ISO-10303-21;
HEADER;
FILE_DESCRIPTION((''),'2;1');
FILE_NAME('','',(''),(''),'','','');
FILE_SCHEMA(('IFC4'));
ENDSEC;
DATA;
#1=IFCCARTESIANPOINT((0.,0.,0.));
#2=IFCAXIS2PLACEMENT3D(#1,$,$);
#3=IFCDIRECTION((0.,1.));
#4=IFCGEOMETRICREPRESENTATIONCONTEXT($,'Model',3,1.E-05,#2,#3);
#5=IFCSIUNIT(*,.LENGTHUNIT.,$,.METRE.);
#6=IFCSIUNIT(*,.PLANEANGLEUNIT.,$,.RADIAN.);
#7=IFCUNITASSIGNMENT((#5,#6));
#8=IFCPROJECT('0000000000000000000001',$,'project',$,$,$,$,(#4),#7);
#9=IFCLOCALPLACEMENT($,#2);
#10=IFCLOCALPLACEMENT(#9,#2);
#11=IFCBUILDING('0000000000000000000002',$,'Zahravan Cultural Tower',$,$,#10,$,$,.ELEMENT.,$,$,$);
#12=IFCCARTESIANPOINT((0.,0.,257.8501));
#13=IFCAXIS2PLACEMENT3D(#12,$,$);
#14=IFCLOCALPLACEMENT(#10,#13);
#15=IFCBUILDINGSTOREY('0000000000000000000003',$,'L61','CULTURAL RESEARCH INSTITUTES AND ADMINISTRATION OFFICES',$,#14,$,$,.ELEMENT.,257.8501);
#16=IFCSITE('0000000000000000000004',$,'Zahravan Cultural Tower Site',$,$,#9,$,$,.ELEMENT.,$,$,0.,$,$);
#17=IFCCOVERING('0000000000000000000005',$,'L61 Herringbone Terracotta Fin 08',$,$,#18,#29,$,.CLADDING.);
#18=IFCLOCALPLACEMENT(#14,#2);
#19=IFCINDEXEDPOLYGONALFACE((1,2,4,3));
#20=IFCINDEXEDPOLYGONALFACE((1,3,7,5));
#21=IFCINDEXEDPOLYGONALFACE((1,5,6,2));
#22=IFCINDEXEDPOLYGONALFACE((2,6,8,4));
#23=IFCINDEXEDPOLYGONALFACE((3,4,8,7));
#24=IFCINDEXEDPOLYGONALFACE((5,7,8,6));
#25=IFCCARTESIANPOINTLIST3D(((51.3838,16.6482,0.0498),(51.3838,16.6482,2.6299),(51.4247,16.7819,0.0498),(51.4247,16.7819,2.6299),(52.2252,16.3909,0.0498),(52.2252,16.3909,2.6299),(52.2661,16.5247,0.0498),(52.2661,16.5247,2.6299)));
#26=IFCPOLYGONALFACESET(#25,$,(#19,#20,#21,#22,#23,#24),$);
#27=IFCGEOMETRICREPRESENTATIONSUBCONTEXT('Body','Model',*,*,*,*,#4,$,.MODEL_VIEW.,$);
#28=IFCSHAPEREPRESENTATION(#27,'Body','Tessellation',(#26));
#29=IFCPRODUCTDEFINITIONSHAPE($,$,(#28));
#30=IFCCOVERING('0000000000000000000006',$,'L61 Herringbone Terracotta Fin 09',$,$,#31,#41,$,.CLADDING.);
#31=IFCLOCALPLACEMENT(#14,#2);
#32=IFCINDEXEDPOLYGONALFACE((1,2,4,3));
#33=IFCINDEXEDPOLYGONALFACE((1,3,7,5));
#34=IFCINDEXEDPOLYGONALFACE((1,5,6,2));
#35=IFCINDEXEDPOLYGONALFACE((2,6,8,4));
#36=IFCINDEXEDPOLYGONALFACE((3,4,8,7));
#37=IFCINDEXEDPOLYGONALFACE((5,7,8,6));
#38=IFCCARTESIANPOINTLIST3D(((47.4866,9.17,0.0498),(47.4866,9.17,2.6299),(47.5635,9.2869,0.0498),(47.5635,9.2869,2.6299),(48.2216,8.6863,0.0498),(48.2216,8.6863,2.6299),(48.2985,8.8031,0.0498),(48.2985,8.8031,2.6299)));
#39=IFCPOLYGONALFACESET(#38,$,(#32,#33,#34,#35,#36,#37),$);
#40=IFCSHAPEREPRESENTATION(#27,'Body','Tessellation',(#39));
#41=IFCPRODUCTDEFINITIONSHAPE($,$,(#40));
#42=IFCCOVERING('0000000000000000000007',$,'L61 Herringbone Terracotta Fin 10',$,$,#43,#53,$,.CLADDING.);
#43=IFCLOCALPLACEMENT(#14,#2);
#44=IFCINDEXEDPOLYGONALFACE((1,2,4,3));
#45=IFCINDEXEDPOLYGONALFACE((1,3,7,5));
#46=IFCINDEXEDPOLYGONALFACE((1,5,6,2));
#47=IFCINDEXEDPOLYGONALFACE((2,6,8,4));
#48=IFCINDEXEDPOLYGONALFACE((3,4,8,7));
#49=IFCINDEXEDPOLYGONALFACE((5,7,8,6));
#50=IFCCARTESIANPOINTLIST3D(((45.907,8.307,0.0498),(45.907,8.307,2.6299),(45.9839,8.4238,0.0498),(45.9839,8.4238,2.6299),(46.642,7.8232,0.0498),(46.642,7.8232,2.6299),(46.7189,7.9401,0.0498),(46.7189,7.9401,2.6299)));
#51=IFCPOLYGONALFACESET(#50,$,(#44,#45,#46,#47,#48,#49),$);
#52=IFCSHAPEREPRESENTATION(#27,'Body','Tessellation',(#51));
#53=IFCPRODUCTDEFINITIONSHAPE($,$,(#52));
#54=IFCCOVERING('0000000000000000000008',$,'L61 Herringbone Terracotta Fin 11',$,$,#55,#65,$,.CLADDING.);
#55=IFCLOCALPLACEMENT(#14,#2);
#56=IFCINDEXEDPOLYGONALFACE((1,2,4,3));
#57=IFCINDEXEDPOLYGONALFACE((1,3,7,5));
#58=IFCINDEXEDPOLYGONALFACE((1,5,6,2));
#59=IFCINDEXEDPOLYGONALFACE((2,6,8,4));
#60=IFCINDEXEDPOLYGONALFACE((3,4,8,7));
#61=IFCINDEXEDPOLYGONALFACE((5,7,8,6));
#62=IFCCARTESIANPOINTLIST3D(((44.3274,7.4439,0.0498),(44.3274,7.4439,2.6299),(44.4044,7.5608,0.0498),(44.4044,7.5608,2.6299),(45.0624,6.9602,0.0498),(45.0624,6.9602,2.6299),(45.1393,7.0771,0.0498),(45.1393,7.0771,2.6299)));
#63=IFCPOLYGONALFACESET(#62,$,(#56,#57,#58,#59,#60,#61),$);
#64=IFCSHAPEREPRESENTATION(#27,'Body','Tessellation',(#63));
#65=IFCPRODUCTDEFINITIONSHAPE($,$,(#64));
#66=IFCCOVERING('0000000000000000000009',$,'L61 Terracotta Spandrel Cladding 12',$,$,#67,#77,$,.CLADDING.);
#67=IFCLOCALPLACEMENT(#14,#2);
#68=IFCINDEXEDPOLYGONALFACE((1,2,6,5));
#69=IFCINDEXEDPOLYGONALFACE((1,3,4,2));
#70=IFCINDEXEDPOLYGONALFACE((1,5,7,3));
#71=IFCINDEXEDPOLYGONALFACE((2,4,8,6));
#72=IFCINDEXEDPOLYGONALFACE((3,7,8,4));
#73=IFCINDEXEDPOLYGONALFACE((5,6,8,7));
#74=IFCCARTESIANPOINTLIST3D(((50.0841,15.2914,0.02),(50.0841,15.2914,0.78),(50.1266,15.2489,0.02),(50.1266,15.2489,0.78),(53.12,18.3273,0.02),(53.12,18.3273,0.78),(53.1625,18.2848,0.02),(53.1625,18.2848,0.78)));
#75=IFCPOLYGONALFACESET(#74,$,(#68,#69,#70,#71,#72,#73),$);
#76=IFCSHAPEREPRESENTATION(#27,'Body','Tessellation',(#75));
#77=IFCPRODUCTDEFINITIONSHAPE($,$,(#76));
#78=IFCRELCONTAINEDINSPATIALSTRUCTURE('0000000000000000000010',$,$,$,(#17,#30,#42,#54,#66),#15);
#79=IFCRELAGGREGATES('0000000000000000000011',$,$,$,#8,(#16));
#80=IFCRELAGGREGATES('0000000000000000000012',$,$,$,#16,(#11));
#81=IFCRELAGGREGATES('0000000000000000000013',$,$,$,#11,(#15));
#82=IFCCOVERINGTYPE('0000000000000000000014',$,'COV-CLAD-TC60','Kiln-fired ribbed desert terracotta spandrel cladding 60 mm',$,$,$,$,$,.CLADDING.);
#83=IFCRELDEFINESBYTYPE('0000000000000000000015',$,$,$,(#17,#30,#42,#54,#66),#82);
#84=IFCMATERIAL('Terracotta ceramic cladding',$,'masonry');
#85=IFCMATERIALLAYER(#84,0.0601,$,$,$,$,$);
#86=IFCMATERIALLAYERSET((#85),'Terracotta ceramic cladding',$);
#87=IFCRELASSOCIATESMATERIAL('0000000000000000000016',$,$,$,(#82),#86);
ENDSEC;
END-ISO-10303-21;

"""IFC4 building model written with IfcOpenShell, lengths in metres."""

from ifc_helpers import new_model, si_unit, direction, frame, origin, origin_2d, place, context, subcontext, project, spatial, rectangle, extrude, source, transform, mapped, material, layer, layer_set, type_object, element, save


model = new_model("IFC4")

# Units and contexts
model_context = context("Model", 3, precision=1e-05, world=origin(), true_north=direction((0.0, 1.0)))
body_context = subcontext(model_context, "Body", "Model", "MODEL_VIEW")
ifc_project = project(units=[si_unit("LENGTHUNIT", "METRE"), si_unit("PLANEANGLEUNIT", "RADIAN")], contexts=[model_context])

# Site, building, storey
site_placement = place(None, origin())
site = spatial("IfcSite", under=ifc_project, at=site_placement, Name="Zahravan Cultural Tower Site", CompositionType="ELEMENT", RefElevation=0.0)
building_placement = place(site_placement, origin())
building = spatial("IfcBuilding", under=site, at=building_placement, Name="Zahravan Cultural Tower", CompositionType="ELEMENT")
storey_placement = place(building_placement, frame((0.0, 0.0, 257.8501)))
storey = spatial("IfcBuildingStorey", under=building, at=storey_placement, Name="L61", Description="CULTURAL RESEARCH INSTITUTES AND ADMINISTRATION OFFICES", CompositionType="ELEMENT", Elevation=257.8501)

# Coverings
ifc_material_1 = material(Name="Terracotta ceramic cladding", Category="masonry")
ifc_layer_1 = layer(ifc_material_1, 0.0601)
ifc_layer_set_1 = layer_set([ifc_layer_1], Name="Terracotta ceramic cladding")
covering_type = type_object("IfcCoveringType", Name="COV-CLAD-TC60", Description="Kiln-fired ribbed desert terracotta spandrel cladding 60 mm", PredefinedType="CLADDING", material=ifc_layer_set_1)
shared_shape_1 = source(origin(), body_context, "Body", "SweptSolid", [
    extrude(rectangle(XDim=0.8799, YDim=0.1399, at=origin_2d()), origin(), (0.0, 0.0, 1.0), 2.5801),
])
for number, where, z_axis, x_axis, name in (
    (1, (51.825, 16.5864, 0.0498), (0.0, 0.0, 1.0), (0.956305, -0.292372, 0.0), "L61 Herringbone Terracotta Fin 08"),
    (2, (47.8926, 8.9866, 0.0498), (0.0, 0.0, 1.0), (0.835328, -0.549752, 0.0), "L61 Herringbone Terracotta Fin 09"),
    (3, (46.313, 8.1235, 0.0498), (0.0, 0.0, 1.0), (0.835328, -0.549752, 0.0), "L61 Herringbone Terracotta Fin 10"),
    (4, (44.7334, 7.2605, 0.0498), (0.0, 0.0, 1.0), (0.835328, -0.549752, 0.0), "L61 Herringbone Terracotta Fin 11"),
):
    element("IfcCovering", number, at=place(storey_placement, frame(where, z_axis=z_axis, x_axis=x_axis)), inside=storey, type_object=covering_type, Name=name, PredefinedType="CLADDING", context=body_context, shape_type="MappedRepresentation", body=[
        mapped(shared_shape_1, transform((0.0, 0.0, 0.0), x_axis=(1.0, 0.0, 0.0), y_axis=(0.0, 1.0, 0.0), z_axis=(0.0, 0.0, 1.0), scale=1.0)),
    ])
shared_shape_2 = source(origin(), body_context, "Body", "SweptSolid", [
    extrude(rectangle(XDim=4.2935, YDim=0.0601, at=origin_2d()), origin(), (0.0, 0.0, 1.0), 0.76),
])
covering_1_placement = place(storey_placement, frame((51.6233, 16.7881, 0.02), z_axis=(0.0, 0.0, 1.0), x_axis=(-0.707107, -0.707107, 0.0)))
element("IfcCovering", 5, at=covering_1_placement, inside=storey, type_object=covering_type, Name="L61 Terracotta Spandrel Cladding 12", PredefinedType="CLADDING", context=body_context, shape_type="MappedRepresentation", body=[
    mapped(shared_shape_2, transform((0.0, 0.0, 0.0), x_axis=(1.0, 0.0, 0.0), y_axis=(0.0, 1.0, 0.0), z_axis=(0.0, 0.0, 1.0), scale=1.0)),
])

save(model, "model.ifc")
